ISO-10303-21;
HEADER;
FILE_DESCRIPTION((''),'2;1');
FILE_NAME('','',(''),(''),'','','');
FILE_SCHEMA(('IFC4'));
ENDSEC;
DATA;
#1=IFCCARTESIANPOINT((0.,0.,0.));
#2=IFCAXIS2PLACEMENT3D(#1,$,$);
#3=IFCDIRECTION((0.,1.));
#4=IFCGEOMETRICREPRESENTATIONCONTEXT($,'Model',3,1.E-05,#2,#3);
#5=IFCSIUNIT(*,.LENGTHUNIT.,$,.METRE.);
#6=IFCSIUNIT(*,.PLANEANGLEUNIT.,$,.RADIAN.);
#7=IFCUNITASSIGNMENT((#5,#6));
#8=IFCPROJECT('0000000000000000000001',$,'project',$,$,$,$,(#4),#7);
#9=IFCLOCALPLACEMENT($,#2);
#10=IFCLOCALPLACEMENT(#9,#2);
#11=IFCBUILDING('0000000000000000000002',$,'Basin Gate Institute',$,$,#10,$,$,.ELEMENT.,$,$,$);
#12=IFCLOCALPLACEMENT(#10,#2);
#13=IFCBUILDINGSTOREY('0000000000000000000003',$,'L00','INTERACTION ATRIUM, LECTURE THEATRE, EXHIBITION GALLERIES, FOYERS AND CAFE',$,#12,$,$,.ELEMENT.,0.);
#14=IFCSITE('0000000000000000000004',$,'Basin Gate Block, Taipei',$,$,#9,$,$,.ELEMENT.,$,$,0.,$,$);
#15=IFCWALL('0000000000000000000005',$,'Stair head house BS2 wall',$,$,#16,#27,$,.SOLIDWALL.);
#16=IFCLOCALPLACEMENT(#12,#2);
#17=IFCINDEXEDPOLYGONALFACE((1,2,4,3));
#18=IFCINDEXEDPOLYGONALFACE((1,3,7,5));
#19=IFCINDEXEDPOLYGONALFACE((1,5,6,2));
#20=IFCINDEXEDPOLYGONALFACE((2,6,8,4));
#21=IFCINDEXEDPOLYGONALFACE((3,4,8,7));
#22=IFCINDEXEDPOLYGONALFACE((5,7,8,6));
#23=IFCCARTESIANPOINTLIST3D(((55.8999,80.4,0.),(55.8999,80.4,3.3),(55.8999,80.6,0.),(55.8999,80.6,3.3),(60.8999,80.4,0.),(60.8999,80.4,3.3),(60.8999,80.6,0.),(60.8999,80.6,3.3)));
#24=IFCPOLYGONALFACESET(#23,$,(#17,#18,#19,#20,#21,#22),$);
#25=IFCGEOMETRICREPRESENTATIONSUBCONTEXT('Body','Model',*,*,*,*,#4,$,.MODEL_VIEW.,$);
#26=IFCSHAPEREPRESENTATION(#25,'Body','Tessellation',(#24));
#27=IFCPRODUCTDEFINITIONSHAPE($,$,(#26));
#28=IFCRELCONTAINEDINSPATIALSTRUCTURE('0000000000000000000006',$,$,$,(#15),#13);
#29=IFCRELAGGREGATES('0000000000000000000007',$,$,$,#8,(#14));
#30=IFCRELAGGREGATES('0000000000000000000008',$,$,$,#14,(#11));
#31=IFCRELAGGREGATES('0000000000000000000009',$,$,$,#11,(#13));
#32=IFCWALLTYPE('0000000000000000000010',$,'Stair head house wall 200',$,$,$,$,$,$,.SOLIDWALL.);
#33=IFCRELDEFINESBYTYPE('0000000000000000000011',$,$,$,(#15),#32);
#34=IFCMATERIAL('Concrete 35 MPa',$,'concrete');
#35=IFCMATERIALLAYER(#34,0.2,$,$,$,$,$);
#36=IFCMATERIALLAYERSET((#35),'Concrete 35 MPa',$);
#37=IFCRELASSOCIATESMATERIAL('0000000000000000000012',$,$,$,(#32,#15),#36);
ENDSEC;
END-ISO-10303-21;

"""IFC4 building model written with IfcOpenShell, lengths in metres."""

from ifc_helpers import new_model, si_unit, direction, frame, frame_2d, origin, place, context, subcontext, project, spatial, rectangle, extrude, material, layer, layer_set, type_object, element, save


model = new_model("IFC4")

# Units and contexts
model_context = context("Model", 3, precision=1e-05, world=origin(), true_north=direction((0.0, 1.0)))
body_context = subcontext(model_context, "Body", "Model", "MODEL_VIEW")
ifc_project = project(units=[si_unit("LENGTHUNIT", "METRE"), si_unit("PLANEANGLEUNIT", "RADIAN")], contexts=[model_context])

# Site, building, storey
site_placement = place(None, origin())
site = spatial("IfcSite", under=ifc_project, at=site_placement, Name="Basin Gate Block, Taipei", CompositionType="ELEMENT", RefElevation=0.0)
building_placement = place(site_placement, origin())
building = spatial("IfcBuilding", under=site, at=building_placement, Name="Basin Gate Institute", CompositionType="ELEMENT")
storey_placement = place(building_placement, origin())
storey = spatial("IfcBuildingStorey", under=building, at=storey_placement, Name="L00", Description="INTERACTION ATRIUM, LECTURE THEATRE, EXHIBITION GALLERIES, FOYERS AND CAFE", CompositionType="ELEMENT", Elevation=0.0)

# Wall
ifc_material_1 = material(Name="Concrete 35 MPa", Category="concrete")
ifc_layer_1 = layer(ifc_material_1, 0.2)
ifc_layer_set_1 = layer_set([ifc_layer_1], Name="Concrete 35 MPa")
wall_type_1 = type_object("IfcWallType", Name="Stair head house wall 200", PredefinedType="SOLIDWALL", material=ifc_layer_set_1)
wall_1_placement = place(storey_placement, frame((55.8999, 80.5, 0.0), z_axis=(0.0, 0.0, 1.0), x_axis=(1.0, 0.0, 0.0)))
element("IfcWall", 1, at=wall_1_placement, inside=storey, type_object=wall_type_1, material=ifc_layer_set_1, Name="Stair head house BS2 wall", PredefinedType="SOLIDWALL", context=body_context, shape_type="SweptSolid", body=[
    extrude(rectangle(XDim=5.0, YDim=0.2, at=frame_2d((2.5, 0.0))), origin(), (0.0, 0.0, 1.0), 3.3),
])

save(model, "model.ifc")
